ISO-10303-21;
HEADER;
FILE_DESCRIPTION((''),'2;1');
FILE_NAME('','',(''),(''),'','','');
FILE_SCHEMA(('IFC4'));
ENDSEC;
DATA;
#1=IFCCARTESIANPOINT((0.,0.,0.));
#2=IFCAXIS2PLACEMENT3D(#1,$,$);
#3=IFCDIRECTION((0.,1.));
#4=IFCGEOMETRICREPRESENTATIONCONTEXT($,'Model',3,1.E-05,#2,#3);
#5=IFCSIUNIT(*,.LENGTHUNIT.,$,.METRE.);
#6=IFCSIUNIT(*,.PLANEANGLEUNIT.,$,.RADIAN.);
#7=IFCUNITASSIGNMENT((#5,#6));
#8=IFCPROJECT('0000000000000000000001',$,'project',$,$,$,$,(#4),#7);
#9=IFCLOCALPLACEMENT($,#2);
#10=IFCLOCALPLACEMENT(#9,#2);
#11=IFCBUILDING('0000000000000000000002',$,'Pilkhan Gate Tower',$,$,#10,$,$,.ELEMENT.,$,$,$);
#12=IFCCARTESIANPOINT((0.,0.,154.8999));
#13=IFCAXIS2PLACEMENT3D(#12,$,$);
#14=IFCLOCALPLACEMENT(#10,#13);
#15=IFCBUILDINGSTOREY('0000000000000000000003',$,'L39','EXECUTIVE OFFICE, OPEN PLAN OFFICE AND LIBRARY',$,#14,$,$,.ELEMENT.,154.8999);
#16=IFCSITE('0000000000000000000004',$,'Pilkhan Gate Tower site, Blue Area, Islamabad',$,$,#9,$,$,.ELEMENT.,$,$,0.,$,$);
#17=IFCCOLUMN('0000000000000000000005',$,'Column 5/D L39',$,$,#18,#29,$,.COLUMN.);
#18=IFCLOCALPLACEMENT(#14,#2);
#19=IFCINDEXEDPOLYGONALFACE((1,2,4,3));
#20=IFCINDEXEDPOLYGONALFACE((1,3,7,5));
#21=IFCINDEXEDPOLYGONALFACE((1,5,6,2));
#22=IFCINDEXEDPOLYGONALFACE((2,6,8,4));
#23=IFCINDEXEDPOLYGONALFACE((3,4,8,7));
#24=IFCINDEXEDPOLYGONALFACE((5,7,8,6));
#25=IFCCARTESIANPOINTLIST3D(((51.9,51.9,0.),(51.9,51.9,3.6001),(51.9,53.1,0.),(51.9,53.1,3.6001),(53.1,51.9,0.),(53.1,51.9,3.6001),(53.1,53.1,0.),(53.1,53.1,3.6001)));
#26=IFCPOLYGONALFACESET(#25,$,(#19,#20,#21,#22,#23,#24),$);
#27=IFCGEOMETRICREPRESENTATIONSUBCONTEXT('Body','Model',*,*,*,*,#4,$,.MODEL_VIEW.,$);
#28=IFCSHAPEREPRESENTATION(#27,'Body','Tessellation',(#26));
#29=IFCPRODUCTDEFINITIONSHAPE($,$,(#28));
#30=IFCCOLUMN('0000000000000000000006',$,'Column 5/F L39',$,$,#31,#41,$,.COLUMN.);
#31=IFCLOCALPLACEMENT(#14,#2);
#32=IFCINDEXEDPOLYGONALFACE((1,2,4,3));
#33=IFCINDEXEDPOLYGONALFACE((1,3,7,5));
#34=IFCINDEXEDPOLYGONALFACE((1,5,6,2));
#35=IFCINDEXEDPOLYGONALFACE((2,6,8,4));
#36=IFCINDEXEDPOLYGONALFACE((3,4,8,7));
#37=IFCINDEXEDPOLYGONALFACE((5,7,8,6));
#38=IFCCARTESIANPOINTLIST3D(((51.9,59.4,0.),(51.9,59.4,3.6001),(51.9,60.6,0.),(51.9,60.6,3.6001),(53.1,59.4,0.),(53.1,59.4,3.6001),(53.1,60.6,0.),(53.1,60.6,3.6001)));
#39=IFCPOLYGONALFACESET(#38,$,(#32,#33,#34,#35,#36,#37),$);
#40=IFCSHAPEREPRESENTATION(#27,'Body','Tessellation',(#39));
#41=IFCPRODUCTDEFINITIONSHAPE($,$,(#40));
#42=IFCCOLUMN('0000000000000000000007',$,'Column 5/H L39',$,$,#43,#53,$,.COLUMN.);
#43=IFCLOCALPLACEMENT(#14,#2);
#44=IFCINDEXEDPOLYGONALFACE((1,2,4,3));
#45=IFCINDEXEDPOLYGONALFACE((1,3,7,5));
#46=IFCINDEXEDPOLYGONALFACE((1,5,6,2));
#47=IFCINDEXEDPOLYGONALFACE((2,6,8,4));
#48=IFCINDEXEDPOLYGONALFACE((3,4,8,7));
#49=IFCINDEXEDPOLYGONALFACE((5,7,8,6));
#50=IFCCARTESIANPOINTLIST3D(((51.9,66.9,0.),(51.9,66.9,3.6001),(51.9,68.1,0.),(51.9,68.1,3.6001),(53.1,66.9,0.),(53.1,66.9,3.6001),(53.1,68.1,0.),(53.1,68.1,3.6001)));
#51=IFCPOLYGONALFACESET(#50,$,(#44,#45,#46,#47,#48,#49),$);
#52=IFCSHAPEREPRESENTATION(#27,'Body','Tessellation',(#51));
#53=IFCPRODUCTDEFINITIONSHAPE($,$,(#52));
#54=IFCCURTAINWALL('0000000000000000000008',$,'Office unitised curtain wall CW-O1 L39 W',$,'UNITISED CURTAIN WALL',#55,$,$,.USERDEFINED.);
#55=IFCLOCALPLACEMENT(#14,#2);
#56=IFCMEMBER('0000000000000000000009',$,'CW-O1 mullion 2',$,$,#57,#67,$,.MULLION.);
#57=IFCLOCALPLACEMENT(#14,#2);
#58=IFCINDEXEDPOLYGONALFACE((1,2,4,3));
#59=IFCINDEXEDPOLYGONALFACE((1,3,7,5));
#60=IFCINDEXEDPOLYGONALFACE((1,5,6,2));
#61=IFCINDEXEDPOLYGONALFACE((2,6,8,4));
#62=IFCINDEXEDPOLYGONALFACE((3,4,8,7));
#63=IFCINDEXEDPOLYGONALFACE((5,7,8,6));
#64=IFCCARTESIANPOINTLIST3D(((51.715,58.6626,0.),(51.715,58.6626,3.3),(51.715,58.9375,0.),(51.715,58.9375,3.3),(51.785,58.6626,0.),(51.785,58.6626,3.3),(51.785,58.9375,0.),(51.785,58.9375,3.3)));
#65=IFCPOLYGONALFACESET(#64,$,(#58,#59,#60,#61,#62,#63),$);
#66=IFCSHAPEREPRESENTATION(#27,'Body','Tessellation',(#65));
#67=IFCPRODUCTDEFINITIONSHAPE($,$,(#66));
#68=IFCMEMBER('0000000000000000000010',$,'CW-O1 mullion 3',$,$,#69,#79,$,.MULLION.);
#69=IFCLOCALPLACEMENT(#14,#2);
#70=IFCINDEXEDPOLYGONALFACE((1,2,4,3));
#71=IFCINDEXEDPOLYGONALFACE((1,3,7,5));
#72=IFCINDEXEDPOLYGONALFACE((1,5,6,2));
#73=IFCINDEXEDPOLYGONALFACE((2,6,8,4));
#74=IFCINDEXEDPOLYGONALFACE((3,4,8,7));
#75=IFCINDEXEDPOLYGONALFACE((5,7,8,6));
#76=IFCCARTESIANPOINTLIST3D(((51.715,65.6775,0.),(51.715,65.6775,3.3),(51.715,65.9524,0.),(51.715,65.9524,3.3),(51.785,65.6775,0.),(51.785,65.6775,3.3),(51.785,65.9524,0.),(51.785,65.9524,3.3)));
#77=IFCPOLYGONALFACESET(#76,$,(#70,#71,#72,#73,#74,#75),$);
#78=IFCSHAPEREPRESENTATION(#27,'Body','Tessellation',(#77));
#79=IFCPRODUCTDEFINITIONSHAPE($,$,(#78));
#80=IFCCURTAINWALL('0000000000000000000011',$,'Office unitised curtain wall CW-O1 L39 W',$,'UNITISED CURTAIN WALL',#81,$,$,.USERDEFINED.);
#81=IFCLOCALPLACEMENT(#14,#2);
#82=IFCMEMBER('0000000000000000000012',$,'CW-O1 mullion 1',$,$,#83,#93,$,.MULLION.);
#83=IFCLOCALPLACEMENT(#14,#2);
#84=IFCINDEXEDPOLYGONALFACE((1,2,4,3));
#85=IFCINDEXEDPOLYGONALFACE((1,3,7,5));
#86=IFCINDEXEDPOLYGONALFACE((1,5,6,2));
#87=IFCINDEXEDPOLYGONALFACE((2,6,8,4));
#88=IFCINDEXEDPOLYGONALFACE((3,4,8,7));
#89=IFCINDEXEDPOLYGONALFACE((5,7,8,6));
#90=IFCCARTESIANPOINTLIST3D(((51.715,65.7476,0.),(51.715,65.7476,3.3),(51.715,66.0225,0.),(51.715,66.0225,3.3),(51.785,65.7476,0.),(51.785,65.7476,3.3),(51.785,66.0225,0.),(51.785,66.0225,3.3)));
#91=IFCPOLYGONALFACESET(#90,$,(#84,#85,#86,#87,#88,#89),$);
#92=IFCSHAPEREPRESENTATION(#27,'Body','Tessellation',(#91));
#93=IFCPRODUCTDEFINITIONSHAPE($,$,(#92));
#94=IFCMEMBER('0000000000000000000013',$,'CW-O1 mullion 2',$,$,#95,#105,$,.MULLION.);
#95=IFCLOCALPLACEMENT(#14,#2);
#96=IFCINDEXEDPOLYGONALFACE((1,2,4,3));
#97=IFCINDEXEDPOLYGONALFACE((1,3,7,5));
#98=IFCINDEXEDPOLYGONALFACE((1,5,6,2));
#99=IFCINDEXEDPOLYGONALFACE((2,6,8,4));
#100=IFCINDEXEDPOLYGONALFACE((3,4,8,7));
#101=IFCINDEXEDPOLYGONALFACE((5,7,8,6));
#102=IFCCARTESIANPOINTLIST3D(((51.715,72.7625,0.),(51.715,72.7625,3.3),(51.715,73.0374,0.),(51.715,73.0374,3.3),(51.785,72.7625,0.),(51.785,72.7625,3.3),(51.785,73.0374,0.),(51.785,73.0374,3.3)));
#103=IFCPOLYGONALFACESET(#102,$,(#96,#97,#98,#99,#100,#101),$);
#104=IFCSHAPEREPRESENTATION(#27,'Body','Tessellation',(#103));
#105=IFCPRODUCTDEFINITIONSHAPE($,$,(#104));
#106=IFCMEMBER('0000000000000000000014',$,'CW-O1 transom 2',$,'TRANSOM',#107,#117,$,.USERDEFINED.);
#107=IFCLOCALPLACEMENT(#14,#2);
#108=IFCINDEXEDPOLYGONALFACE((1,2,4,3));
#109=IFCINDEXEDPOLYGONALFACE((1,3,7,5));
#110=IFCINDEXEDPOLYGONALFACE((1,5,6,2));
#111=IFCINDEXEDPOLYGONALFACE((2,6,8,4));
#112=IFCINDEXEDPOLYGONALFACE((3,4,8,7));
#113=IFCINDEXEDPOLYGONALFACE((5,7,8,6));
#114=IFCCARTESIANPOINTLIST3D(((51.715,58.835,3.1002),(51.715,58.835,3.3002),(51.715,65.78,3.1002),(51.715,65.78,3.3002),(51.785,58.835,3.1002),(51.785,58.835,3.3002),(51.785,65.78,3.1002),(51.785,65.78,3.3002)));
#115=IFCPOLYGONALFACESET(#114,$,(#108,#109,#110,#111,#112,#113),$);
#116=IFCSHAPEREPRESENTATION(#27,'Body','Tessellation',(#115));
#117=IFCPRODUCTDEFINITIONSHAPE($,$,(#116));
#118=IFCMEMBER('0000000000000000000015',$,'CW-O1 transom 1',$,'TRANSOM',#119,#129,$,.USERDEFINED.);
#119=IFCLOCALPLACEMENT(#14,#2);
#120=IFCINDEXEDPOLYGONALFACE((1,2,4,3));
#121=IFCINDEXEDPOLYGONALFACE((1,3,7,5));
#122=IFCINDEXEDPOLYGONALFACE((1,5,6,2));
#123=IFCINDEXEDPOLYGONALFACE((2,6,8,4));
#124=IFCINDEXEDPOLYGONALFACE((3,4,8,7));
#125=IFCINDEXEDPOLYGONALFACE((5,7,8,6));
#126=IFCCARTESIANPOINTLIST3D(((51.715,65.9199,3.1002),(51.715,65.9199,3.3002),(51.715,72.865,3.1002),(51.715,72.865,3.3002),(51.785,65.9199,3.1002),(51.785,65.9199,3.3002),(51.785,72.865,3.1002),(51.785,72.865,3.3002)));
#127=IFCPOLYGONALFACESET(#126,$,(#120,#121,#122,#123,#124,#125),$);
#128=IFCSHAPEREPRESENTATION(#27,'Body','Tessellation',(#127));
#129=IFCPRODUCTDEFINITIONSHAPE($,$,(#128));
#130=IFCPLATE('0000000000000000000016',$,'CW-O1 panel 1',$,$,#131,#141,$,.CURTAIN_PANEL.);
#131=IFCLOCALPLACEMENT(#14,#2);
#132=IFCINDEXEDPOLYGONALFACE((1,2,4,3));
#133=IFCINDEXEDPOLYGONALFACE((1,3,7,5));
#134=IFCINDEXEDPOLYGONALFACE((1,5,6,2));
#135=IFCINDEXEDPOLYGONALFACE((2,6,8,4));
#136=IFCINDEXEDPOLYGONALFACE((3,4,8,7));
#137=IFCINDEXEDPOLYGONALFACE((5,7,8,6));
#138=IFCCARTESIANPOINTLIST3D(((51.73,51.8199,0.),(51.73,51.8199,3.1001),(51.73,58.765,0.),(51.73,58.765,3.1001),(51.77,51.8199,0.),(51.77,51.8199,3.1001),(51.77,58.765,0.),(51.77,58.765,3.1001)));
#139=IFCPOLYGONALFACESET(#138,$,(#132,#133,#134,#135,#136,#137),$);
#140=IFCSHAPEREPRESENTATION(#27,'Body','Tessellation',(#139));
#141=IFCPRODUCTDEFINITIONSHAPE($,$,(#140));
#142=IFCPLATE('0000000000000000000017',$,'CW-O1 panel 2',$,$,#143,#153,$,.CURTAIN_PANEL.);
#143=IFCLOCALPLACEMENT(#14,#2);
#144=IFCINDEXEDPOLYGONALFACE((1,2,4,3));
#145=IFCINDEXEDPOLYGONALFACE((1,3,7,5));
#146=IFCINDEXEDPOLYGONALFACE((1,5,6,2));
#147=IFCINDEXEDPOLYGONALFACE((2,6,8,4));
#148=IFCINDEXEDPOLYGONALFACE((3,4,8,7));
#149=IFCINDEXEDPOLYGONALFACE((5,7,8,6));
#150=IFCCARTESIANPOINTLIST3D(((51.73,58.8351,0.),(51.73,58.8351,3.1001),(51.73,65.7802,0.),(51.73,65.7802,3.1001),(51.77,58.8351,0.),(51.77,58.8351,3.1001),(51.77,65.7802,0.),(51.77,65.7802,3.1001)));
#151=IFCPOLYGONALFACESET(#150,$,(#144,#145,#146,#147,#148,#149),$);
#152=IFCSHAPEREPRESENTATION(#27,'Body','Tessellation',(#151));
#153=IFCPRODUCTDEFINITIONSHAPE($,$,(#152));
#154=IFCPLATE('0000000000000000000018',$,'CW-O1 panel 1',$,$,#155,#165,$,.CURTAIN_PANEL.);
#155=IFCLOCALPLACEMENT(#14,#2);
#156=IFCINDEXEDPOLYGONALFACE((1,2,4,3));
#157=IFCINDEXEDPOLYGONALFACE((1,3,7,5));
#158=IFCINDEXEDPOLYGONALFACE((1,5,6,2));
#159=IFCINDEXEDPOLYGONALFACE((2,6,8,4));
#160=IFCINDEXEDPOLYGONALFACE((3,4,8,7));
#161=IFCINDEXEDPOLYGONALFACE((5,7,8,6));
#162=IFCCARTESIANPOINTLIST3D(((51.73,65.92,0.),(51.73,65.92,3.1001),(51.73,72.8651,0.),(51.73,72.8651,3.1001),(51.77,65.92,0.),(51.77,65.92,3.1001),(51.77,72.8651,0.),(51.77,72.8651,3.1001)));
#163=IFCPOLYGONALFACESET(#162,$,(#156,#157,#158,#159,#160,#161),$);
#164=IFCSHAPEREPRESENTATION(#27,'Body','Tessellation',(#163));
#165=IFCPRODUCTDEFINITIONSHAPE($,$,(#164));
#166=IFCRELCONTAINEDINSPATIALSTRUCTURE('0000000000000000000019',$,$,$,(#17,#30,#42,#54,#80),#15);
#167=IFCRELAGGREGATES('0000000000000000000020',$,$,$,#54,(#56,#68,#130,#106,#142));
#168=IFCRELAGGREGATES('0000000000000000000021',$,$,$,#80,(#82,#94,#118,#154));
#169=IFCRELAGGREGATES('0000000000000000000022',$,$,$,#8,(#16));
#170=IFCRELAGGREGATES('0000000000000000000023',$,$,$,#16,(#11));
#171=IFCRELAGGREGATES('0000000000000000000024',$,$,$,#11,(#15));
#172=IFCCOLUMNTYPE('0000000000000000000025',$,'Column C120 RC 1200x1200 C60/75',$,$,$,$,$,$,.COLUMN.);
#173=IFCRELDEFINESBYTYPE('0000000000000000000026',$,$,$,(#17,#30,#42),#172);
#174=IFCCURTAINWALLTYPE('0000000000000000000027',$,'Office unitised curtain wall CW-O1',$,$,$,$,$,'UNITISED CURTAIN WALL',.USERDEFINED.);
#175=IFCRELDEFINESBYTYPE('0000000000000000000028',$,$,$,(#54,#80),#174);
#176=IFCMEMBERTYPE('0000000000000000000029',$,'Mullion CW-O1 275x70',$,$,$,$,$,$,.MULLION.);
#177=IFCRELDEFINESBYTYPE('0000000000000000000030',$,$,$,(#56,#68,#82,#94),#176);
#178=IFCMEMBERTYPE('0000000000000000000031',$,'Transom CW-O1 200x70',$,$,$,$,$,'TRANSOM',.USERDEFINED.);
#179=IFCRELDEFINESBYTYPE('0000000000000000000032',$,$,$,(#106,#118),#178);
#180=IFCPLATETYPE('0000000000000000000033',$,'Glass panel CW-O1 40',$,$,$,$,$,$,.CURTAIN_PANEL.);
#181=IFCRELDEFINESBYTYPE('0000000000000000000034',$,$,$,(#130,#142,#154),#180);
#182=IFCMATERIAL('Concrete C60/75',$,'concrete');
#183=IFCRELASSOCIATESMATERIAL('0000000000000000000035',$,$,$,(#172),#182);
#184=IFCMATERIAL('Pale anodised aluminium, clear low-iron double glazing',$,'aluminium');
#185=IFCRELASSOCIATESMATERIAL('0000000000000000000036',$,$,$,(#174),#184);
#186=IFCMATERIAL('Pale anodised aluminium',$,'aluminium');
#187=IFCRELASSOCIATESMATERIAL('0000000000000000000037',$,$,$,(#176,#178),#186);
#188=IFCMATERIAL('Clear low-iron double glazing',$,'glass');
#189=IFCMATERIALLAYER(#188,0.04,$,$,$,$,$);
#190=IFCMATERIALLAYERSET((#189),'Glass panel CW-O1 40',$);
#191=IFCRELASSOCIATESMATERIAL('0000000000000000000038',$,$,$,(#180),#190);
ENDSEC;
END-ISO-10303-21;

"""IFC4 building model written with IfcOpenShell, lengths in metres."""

from ifc_helpers import new_model, si_unit, direction, frame, origin, origin_2d, place, context, subcontext, project, spatial, rectangle, extrude, material, layer, layer_set, material_profile, profile_set, type_object, element, aggregate, save


model = new_model("IFC4")

# Units and contexts
model_context = context("Model", 3, precision=1e-05, world=origin(), true_north=direction((0.0, 1.0)))
body_context = subcontext(model_context, "Body", "Model", "MODEL_VIEW")
ifc_project = project(units=[si_unit("LENGTHUNIT", "METRE"), si_unit("PLANEANGLEUNIT", "RADIAN")], contexts=[model_context])

# Site, building, storey
site_placement = place(None, origin())
site = spatial("IfcSite", under=ifc_project, at=site_placement, Name="Pilkhan Gate Tower site, Blue Area, Islamabad", CompositionType="ELEMENT", RefElevation=0.0)
building_placement = place(site_placement, origin())
building = spatial("IfcBuilding", under=site, at=building_placement, Name="Pilkhan Gate Tower", CompositionType="ELEMENT")
storey_placement = place(building_placement, frame((0.0, 0.0, 154.8999)))
storey = spatial("IfcBuildingStorey", under=building, at=storey_placement, Name="L39", Description="EXECUTIVE OFFICE, OPEN PLAN OFFICE AND LIBRARY", CompositionType="ELEMENT", Elevation=154.8999)

# Columns
ifc_material_1 = material(Name="Concrete C60/75", Category="concrete")
ifc_material_profile_1 = material_profile(ifc_material_1, rectangle(XDim=1.2, YDim=1.2, at=origin_2d()), Name="RC 1200x1200")
ifc_profile_set_1 = profile_set([ifc_material_profile_1], Name="Concrete C60/75")
column_type = type_object("IfcColumnType", Name="Column C120 RC 1200x1200 C60/75", PredefinedType="COLUMN", material=ifc_profile_set_1)
for number, where, z_axis, x_axis, name in (
    (1, (52.5, 52.5, 0.0), (0.0, 0.0, 1.0), (1.0, 0.0, 0.0), "Column 5/D L39"),
    (2, (52.5, 60.0, 0.0), (0.0, 0.0, 1.0), (1.0, 0.0, 0.0), "Column 5/F L39"),
    (3, (52.5, 67.5, 0.0), (0.0, 0.0, 1.0), (1.0, 0.0, 0.0), "Column 5/H L39"),
):
    element("IfcColumn", number, at=place(storey_placement, frame(where, z_axis=z_axis, x_axis=x_axis)), inside=storey, type_object=column_type, Name=name, PredefinedType="COLUMN", context=body_context, shape_type="SweptSolid", body=[
        extrude(rectangle(XDim=1.2, YDim=1.2, at=origin_2d()), origin(), (0.0, 0.0, 1.0), 3.6001),
    ])

# Curtain walls, members
ifc_material_2 = material(Name="Pale anodised aluminium, clear low-iron double glazing", Category="aluminium")
curtain_wall_type = type_object("IfcCurtainWallType", Name="Office unitised curtain wall CW-O1", ElementType="UNITISED CURTAIN WALL", PredefinedType="USERDEFINED", material=ifc_material_2)
curtain_wall_1_placement = place(storey_placement, origin())
curtain_wall_1 = element("IfcCurtainWall", 4, at=curtain_wall_1_placement, inside=storey, type_object=curtain_wall_type, Name="Office unitised curtain wall CW-O1 L39 W", ObjectType="UNITISED CURTAIN WALL", PredefinedType="USERDEFINED")
ifc_material_3 = material(Name="Pale anodised aluminium", Category="aluminium")
ifc_material_profile_2 = material_profile(ifc_material_3, rectangle(XDim=0.0701, YDim=0.2749, at=origin_2d()), Name="Mullion 275x70")
ifc_profile_set_2 = profile_set([ifc_material_profile_2], Name="Pale anodised aluminium")
member_type_1 = type_object("IfcMemberType", Name="Mullion CW-O1 275x70", PredefinedType="MULLION", material=ifc_profile_set_2)
member_1_placement = place(storey_placement, frame((51.75, 58.8, 0.0), z_axis=(0.0, 0.0, 1.0), x_axis=(-1.0, 0.0, 0.0)))
member_1 = element("IfcMember", 5, at=member_1_placement, type_object=member_type_1, Name="CW-O1 mullion 2", PredefinedType="MULLION", context=body_context, shape_type="SweptSolid", body=[
    extrude(rectangle(XDim=0.0701, YDim=0.2749, at=origin_2d()), origin(), (0.0, 0.0, 1.0), 3.3),
])
member_2_placement = place(storey_placement, frame((51.75, 65.8149, 0.0), z_axis=(0.0, 0.0, 1.0), x_axis=(-1.0, 0.0, 0.0)))
member_2 = element("IfcMember", 6, at=member_2_placement, type_object=member_type_1, Name="CW-O1 mullion 3", PredefinedType="MULLION", context=body_context, shape_type="SweptSolid", body=[
    extrude(rectangle(XDim=0.0701, YDim=0.2749, at=origin_2d()), origin(), (0.0, 0.0, 1.0), 3.3),
])
curtain_wall_2_placement = place(storey_placement, origin())
curtain_wall_2 = element("IfcCurtainWall", 7, at=curtain_wall_2_placement, inside=storey, type_object=curtain_wall_type, Name="Office unitised curtain wall CW-O1 L39 W", ObjectType="UNITISED CURTAIN WALL", PredefinedType="USERDEFINED")
member_3_placement = place(storey_placement, frame((51.75, 65.885, 0.0), z_axis=(0.0, 0.0, 1.0), x_axis=(-1.0, 0.0, 0.0)))
member_3 = element("IfcMember", 8, at=member_3_placement, type_object=member_type_1, Name="CW-O1 mullion 1", PredefinedType="MULLION", context=body_context, shape_type="SweptSolid", body=[
    extrude(rectangle(XDim=0.0701, YDim=0.2749, at=origin_2d()), origin(), (0.0, 0.0, 1.0), 3.3),
])
member_4_placement = place(storey_placement, frame((51.75, 72.8999, 0.0), z_axis=(0.0, 0.0, 1.0), x_axis=(-1.0, 0.0, 0.0)))
member_4 = element("IfcMember", 9, at=member_4_placement, type_object=member_type_1, Name="CW-O1 mullion 2", PredefinedType="MULLION", context=body_context, shape_type="SweptSolid", body=[
    extrude(rectangle(XDim=0.0701, YDim=0.2749, at=origin_2d()), origin(), (0.0, 0.0, 1.0), 3.3),
])

# Members
ifc_material_profile_3 = material_profile(ifc_material_3, rectangle(XDim=0.0701, YDim=0.2, at=origin_2d()), Name="Transom 200x70")
ifc_profile_set_3 = profile_set([ifc_material_profile_3], Name="Pale anodised aluminium")
member_type_2 = type_object("IfcMemberType", Name="Transom CW-O1 200x70", ElementType="TRANSOM", PredefinedType="USERDEFINED", material=ifc_profile_set_3)
member_5_placement = place(storey_placement, frame((51.75, 58.835, 3.2002), z_axis=(0.0, 1.0, 0.0), x_axis=(-1.0, 0.0, 0.0)))
member_5 = element("IfcMember", 10, at=member_5_placement, type_object=member_type_2, Name="CW-O1 transom 2", ObjectType="TRANSOM", PredefinedType="USERDEFINED", context=body_context, shape_type="SweptSolid", body=[
    extrude(rectangle(XDim=0.0701, YDim=0.2, at=origin_2d()), origin(), (0.0, 0.0, 1.0), 6.9451),
])
member_6_placement = place(storey_placement, frame((51.75, 65.9199, 3.2002), z_axis=(0.0, 1.0, 0.0), x_axis=(-1.0, 0.0, 0.0)))
member_6 = element("IfcMember", 11, at=member_6_placement, type_object=member_type_2, Name="CW-O1 transom 1", ObjectType="TRANSOM", PredefinedType="USERDEFINED", context=body_context, shape_type="SweptSolid", body=[
    extrude(rectangle(XDim=0.0701, YDim=0.2, at=origin_2d()), origin(), (0.0, 0.0, 1.0), 6.9451),
])

# Plates
ifc_material_4 = material(Name="Clear low-iron double glazing", Category="glass")
ifc_layer_1 = layer(ifc_material_4, 0.04)
ifc_layer_set_1 = layer_set([ifc_layer_1], Name="Glass panel CW-O1 40")
plate_type = type_object("IfcPlateType", Name="Glass panel CW-O1 40", PredefinedType="CURTAIN_PANEL", material=ifc_layer_set_1)
plate_1_placement = place(storey_placement, frame((51.75, 55.2925, 0.0), z_axis=(0.0, 0.0, 1.0), x_axis=(0.0, 1.0, 0.0)))
plate_1 = element("IfcPlate", 12, at=plate_1_placement, type_object=plate_type, Name="CW-O1 panel 1", PredefinedType="CURTAIN_PANEL", context=body_context, shape_type="SweptSolid", body=[
    extrude(rectangle(XDim=6.9451, YDim=0.04, at=origin_2d()), origin(), (0.0, 0.0, 1.0), 3.1001),
])
plate_2_placement = place(storey_placement, frame((51.75, 62.3076, 0.0), z_axis=(0.0, 0.0, 1.0), x_axis=(0.0, 1.0, 0.0)))
plate_2 = element("IfcPlate", 13, at=plate_2_placement, type_object=plate_type, Name="CW-O1 panel 2", PredefinedType="CURTAIN_PANEL", context=body_context, shape_type="SweptSolid", body=[
    extrude(rectangle(XDim=6.9451, YDim=0.04, at=origin_2d()), origin(), (0.0, 0.0, 1.0), 3.1001),
])
aggregate(curtain_wall_1, [member_1, member_2, plate_1, member_5, plate_2])
plate_3_placement = place(storey_placement, frame((51.75, 69.3926, 0.0), z_axis=(0.0, 0.0, 1.0), x_axis=(0.0, 1.0, 0.0)))
plate_3 = element("IfcPlate", 14, at=plate_3_placement, type_object=plate_type, Name="CW-O1 panel 1", PredefinedType="CURTAIN_PANEL", context=body_context, shape_type="SweptSolid", body=[
    extrude(rectangle(XDim=6.9451, YDim=0.04, at=origin_2d()), origin(), (0.0, 0.0, 1.0), 3.1001),
])
aggregate(curtain_wall_2, [member_3, member_4, member_6, plate_3])

save(model, "model.ifc")
